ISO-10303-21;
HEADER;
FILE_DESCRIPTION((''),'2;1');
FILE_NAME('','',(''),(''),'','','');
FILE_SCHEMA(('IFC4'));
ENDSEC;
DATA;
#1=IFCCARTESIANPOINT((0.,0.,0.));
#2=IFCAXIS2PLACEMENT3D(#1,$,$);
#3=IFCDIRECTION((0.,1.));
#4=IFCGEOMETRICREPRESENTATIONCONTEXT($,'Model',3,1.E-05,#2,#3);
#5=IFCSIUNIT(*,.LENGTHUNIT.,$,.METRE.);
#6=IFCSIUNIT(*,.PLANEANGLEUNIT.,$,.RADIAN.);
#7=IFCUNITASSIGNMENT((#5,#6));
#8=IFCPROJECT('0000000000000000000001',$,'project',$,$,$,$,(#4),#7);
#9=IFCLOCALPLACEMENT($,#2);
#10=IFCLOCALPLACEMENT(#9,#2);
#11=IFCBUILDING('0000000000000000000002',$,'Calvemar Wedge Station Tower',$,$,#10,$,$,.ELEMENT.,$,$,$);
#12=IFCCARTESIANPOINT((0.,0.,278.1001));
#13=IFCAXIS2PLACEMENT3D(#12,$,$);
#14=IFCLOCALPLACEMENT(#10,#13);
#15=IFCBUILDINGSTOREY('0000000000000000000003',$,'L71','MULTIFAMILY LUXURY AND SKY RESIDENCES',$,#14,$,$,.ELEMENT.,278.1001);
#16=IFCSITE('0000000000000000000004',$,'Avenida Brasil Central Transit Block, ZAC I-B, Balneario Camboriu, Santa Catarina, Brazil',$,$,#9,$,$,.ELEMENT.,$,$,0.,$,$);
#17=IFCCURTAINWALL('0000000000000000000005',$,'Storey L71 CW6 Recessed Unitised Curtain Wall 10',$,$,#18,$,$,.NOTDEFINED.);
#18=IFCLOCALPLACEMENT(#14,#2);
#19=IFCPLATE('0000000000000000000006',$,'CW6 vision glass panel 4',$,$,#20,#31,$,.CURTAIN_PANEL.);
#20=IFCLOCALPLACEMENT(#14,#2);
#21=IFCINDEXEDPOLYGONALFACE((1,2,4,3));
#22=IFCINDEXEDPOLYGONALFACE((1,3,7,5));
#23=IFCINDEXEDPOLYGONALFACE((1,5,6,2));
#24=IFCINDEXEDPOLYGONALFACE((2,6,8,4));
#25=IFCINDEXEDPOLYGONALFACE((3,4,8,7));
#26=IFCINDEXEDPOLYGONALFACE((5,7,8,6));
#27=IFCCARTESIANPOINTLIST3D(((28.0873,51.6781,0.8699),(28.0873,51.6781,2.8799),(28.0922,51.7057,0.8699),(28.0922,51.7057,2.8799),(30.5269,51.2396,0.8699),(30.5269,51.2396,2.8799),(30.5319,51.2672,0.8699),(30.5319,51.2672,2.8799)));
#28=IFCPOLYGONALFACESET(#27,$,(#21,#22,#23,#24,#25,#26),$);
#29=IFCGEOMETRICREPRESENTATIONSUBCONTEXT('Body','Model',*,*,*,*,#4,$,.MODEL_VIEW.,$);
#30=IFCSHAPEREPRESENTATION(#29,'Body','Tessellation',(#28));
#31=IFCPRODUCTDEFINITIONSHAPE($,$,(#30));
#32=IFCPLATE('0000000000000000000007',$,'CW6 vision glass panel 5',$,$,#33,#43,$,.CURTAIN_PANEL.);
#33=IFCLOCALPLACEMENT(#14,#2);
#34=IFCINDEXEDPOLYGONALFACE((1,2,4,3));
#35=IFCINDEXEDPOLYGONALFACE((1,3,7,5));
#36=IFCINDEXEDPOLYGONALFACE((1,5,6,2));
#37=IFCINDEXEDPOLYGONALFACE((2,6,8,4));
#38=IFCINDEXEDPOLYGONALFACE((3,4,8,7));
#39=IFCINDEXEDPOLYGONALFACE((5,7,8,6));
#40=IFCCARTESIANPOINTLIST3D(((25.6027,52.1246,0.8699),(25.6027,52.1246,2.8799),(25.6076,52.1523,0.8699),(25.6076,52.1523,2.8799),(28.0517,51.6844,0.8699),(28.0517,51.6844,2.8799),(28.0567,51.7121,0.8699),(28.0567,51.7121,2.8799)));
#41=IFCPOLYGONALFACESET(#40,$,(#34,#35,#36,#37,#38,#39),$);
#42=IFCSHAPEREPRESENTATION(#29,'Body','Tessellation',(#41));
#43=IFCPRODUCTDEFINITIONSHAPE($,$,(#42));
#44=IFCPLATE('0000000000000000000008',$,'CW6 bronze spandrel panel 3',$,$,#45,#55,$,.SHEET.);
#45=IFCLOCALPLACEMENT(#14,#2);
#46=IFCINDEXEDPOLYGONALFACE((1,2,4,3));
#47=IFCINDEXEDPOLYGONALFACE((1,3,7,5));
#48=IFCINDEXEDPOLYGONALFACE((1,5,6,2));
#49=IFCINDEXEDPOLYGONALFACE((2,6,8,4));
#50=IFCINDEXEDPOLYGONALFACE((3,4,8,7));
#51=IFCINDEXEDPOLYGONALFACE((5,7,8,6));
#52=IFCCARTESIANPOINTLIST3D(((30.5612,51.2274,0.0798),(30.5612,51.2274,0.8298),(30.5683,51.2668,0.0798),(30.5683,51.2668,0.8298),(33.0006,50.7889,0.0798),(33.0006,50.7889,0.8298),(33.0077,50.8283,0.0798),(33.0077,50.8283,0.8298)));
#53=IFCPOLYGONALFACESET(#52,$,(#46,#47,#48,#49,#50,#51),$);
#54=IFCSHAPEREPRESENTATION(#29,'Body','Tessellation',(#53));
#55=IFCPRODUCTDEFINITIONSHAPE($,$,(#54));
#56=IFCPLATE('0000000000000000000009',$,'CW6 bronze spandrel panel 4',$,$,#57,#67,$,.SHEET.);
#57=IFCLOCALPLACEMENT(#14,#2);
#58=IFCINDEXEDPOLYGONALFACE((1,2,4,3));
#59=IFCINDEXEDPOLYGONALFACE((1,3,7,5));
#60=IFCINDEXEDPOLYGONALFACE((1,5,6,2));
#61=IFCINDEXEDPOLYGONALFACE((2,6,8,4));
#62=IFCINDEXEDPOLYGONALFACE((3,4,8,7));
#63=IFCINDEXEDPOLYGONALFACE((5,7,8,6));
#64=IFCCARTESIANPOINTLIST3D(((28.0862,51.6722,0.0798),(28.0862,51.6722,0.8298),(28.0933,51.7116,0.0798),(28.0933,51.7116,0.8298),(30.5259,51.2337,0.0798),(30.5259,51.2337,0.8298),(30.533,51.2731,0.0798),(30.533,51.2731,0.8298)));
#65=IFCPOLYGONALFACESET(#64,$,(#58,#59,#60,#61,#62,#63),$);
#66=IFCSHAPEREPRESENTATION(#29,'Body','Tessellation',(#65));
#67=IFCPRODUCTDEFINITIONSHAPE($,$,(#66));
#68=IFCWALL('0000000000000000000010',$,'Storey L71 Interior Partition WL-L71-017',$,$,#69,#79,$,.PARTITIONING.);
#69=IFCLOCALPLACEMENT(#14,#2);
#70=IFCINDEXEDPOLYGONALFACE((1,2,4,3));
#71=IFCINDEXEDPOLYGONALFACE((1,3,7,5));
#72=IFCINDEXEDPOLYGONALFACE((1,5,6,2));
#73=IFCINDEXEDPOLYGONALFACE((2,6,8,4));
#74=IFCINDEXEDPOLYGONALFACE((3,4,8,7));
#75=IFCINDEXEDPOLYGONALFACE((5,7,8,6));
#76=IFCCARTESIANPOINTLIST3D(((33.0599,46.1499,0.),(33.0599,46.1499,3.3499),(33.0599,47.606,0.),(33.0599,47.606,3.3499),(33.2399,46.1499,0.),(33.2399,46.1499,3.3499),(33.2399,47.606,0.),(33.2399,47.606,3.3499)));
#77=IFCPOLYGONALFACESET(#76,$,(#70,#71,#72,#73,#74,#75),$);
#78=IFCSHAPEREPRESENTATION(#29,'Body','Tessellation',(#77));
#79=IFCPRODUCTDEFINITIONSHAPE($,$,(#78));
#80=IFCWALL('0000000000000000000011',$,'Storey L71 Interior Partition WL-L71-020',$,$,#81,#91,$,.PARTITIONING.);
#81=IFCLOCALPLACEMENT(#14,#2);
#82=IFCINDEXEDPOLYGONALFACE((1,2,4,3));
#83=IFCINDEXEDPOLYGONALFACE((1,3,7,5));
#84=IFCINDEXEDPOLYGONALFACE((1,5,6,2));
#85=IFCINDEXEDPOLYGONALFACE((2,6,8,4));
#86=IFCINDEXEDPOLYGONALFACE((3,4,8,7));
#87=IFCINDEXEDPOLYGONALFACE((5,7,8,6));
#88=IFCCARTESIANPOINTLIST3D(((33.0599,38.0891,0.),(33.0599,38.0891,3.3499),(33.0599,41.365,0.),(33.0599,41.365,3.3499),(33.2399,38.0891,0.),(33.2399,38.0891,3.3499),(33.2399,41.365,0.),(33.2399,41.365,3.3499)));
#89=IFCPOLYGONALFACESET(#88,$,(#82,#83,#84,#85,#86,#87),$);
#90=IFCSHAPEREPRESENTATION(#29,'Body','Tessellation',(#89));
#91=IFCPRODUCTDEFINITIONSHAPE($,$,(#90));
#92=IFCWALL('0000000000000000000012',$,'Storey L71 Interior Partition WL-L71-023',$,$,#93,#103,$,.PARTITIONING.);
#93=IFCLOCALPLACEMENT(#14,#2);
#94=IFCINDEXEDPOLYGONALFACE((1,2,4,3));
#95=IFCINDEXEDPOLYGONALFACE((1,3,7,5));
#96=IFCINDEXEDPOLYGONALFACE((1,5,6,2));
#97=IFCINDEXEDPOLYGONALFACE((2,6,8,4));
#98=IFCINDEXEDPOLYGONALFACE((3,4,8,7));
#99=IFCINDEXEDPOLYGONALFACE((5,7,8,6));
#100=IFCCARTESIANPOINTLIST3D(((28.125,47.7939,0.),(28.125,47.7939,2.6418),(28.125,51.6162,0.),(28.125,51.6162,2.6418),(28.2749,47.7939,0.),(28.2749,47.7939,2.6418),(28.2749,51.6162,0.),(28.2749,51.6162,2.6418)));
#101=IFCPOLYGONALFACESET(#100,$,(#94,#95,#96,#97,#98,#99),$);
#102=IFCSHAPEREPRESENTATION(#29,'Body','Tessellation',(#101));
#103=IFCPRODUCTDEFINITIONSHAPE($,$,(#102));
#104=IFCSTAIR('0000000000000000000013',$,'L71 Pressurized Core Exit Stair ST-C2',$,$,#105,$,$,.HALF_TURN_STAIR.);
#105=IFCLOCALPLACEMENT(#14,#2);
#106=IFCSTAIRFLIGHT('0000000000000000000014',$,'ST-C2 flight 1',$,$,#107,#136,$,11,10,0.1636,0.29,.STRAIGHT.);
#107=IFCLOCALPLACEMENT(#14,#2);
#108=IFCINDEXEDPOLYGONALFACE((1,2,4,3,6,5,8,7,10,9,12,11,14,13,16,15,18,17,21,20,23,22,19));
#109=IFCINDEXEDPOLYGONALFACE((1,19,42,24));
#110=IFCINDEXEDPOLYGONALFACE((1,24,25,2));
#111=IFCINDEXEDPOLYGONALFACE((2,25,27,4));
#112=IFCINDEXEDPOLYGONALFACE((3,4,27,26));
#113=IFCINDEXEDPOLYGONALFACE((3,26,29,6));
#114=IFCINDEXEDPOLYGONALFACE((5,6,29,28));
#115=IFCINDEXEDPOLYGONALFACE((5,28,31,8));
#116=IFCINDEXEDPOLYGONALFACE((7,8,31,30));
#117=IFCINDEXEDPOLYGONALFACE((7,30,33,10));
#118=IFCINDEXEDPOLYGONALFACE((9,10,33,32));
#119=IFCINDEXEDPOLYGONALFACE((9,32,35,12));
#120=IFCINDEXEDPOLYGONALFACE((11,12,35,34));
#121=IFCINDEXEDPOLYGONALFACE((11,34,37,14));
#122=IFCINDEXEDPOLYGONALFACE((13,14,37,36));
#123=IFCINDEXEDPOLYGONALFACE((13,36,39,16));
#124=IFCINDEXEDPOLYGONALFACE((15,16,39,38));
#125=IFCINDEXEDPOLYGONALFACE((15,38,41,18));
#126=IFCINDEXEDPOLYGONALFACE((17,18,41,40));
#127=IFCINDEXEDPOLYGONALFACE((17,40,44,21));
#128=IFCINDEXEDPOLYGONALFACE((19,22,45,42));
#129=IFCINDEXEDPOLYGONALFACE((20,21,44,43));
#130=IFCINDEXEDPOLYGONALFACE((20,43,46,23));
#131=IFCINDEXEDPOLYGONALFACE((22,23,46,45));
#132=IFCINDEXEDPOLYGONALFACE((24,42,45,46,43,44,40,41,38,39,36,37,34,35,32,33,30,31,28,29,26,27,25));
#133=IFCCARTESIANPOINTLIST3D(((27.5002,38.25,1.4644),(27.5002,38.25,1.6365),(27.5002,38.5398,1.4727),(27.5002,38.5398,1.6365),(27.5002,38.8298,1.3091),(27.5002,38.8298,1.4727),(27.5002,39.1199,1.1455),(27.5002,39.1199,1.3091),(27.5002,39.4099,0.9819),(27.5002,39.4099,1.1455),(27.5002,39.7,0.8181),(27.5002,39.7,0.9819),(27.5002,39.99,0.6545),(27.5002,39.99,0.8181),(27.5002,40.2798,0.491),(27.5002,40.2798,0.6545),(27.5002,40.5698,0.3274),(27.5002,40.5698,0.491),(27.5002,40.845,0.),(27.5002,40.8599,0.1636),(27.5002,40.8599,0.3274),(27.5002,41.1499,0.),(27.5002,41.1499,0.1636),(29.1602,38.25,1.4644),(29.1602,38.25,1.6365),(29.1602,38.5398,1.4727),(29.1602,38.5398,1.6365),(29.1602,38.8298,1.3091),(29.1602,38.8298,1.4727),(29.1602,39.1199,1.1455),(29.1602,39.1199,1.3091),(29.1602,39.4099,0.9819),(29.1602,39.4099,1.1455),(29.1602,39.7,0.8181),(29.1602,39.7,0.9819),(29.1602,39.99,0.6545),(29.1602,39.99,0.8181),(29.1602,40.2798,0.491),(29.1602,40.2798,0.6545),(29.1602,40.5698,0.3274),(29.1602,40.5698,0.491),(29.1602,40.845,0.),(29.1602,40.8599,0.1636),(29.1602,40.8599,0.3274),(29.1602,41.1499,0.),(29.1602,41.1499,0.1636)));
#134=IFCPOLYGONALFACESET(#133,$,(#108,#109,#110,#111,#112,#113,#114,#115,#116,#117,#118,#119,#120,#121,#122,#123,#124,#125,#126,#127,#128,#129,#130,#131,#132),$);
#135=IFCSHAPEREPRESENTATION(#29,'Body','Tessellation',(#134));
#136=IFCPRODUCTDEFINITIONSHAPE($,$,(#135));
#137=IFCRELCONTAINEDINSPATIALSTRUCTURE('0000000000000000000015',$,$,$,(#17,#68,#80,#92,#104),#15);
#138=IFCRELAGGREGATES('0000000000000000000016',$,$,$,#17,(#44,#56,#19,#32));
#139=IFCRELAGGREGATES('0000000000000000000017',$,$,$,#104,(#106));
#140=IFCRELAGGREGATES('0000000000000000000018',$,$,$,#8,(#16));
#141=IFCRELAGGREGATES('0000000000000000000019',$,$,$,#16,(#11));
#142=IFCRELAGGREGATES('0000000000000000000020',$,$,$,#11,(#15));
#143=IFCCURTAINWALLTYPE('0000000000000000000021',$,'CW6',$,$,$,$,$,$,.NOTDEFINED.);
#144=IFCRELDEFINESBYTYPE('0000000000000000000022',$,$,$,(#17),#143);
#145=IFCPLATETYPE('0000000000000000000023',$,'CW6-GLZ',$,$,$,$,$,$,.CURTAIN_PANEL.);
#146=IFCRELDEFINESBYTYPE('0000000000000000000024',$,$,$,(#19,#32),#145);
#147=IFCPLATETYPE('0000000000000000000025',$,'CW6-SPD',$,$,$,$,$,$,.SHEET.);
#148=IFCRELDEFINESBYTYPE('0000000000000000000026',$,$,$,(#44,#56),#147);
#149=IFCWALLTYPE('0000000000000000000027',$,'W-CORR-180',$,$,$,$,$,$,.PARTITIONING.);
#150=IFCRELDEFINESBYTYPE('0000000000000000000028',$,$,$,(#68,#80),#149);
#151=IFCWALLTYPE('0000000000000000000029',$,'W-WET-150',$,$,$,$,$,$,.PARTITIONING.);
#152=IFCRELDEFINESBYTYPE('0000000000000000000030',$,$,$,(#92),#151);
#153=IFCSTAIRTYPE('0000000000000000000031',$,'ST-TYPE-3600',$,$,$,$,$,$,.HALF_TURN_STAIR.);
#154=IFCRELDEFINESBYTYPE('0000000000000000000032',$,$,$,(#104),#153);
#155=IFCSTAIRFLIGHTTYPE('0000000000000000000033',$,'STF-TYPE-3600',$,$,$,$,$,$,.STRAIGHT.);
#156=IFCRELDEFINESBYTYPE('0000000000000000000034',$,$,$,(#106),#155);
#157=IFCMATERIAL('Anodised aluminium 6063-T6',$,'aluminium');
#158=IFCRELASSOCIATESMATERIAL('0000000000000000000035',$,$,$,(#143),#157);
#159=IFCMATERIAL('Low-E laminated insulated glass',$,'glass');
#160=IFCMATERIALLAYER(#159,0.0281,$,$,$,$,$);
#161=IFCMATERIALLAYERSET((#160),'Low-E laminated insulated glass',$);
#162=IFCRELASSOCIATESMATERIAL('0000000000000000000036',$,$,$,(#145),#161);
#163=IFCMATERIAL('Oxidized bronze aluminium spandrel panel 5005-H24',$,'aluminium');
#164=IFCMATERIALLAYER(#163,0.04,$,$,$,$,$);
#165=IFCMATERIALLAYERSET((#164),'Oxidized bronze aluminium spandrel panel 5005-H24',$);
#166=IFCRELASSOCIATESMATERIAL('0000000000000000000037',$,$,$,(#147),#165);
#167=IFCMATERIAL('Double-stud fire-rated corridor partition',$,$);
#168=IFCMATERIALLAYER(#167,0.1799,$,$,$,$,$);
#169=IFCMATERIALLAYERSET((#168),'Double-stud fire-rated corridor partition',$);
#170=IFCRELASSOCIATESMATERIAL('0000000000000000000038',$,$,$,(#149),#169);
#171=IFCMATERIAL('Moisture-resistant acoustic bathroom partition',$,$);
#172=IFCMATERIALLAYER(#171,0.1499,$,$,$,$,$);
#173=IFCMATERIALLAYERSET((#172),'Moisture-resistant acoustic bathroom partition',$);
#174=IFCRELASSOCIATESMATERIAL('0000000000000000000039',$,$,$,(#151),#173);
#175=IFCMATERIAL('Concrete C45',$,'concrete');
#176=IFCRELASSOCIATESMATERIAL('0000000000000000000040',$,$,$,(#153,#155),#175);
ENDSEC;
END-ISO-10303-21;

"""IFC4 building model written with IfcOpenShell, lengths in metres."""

from ifc_helpers import new_model, si_unit, direction, frame, frame_2d, origin, place, context, subcontext, project, spatial, polyline, rectangle, outline, extrude, material, layer, layer_set, type_object, element, aggregate, save


model = new_model("IFC4")

# Units and contexts
model_context = context("Model", 3, precision=1e-05, world=origin(), true_north=direction((0.0, 1.0)))
body_context = subcontext(model_context, "Body", "Model", "MODEL_VIEW")
ifc_project = project(units=[si_unit("LENGTHUNIT", "METRE"), si_unit("PLANEANGLEUNIT", "RADIAN")], contexts=[model_context])

# Site, building, storey
site_placement = place(None, origin())
site = spatial("IfcSite", under=ifc_project, at=site_placement, Name="Avenida Brasil Central Transit Block, ZAC I-B, Balneario Camboriu, Santa Catarina, Brazil", CompositionType="ELEMENT", RefElevation=0.0)
building_placement = place(site_placement, origin())
building = spatial("IfcBuilding", under=site, at=building_placement, Name="Calvemar Wedge Station Tower", CompositionType="ELEMENT")
storey_placement = place(building_placement, frame((0.0, 0.0, 278.1001)))
storey = spatial("IfcBuildingStorey", under=building, at=storey_placement, Name="L71", Description="MULTIFAMILY LUXURY AND SKY RESIDENCES", CompositionType="ELEMENT", Elevation=278.1001)

# Curtain wall, plates
ifc_material_1 = material(Name="Anodised aluminium 6063-T6", Category="aluminium")
curtain_wall_type = type_object("IfcCurtainWallType", Name="CW6", PredefinedType="NOTDEFINED", material=ifc_material_1)
curtain_wall_placement = place(storey_placement, origin())
curtain_wall = element("IfcCurtainWall", 1, at=curtain_wall_placement, inside=storey, type_object=curtain_wall_type, Name="Storey L71 CW6 Recessed Unitised Curtain Wall 10", PredefinedType="NOTDEFINED")
ifc_material_2 = material(Name="Low-E laminated insulated glass", Category="glass")
ifc_layer_1 = layer(ifc_material_2, 0.0281)
ifc_layer_set_1 = layer_set([ifc_layer_1], Name="Low-E laminated insulated glass")
plate_type_1 = type_object("IfcPlateType", Name="CW6-GLZ", PredefinedType="CURTAIN_PANEL", material=ifc_layer_set_1)
plate_1_placement = place(storey_placement, frame((30.5293, 51.2534, 0.8699), z_axis=(0.0, 0.0, 1.0), x_axis=(-0.98423, 0.176892, 0.0)))
plate_1 = element("IfcPlate", 2, at=plate_1_placement, type_object=plate_type_1, Name="CW6 vision glass panel 4", PredefinedType="CURTAIN_PANEL", context=body_context, shape_type="SweptSolid", body=[
    extrude(rectangle(XDim=2.4788, YDim=0.0281, at=frame_2d((1.2393, 0.0))), origin(), (0.0, 0.0, 1.0), 2.01),
])
plate_2_placement = place(storey_placement, frame((28.0542, 51.6982, 0.8699), z_axis=(0.0, 0.0, 1.0), x_axis=(-0.984227, 0.176908, 0.0)))
plate_2 = element("IfcPlate", 3, at=plate_2_placement, type_object=plate_type_1, Name="CW6 vision glass panel 5", PredefinedType="CURTAIN_PANEL", context=body_context, shape_type="SweptSolid", body=[
    extrude(rectangle(XDim=2.4883, YDim=0.0281, at=frame_2d((1.2441, 0.0))), origin(), (0.0, 0.0, 1.0), 2.01),
])
ifc_material_3 = material(Name="Oxidized bronze aluminium spandrel panel 5005-H24", Category="aluminium")
ifc_layer_2 = layer(ifc_material_3, 0.04)
ifc_layer_set_2 = layer_set([ifc_layer_2], Name="Oxidized bronze aluminium spandrel panel 5005-H24")
plate_type_2 = type_object("IfcPlateType", Name="CW6-SPD", PredefinedType="SHEET", material=ifc_layer_set_2)
plate_3_placement = place(storey_placement, frame((33.0042, 50.8086, 0.0798), z_axis=(0.0, 0.0, 1.0), x_axis=(-0.984227, 0.176909, 0.0)))
plate_3 = element("IfcPlate", 4, at=plate_3_placement, type_object=plate_type_2, Name="CW6 bronze spandrel panel 3", PredefinedType="SHEET", context=body_context, shape_type="SweptSolid", body=[
    extrude(rectangle(XDim=2.4785, YDim=0.04, at=frame_2d((1.2393, 0.0))), origin(), (0.0, 0.0, 1.0), 0.75),
])
plate_4_placement = place(storey_placement, frame((30.5293, 51.2534, 0.0798), z_axis=(0.0, 0.0, 1.0), x_axis=(-0.98423, 0.176892, 0.0)))
plate_4 = element("IfcPlate", 5, at=plate_4_placement, type_object=plate_type_2, Name="CW6 bronze spandrel panel 4", PredefinedType="SHEET", context=body_context, shape_type="SweptSolid", body=[
    extrude(rectangle(XDim=2.4788, YDim=0.04, at=frame_2d((1.2393, 0.0))), origin(), (0.0, 0.0, 1.0), 0.75),
])
aggregate(curtain_wall, [plate_3, plate_4, plate_1, plate_2])

# Shared definitions
ifc_material_4 = material(Name="Double-stud fire-rated corridor partition")
ifc_layer_3 = layer(ifc_material_4, 0.1799)
ifc_layer_set_3 = layer_set([ifc_layer_3], Name="Double-stud fire-rated corridor partition")
wall_type_1 = type_object("IfcWallType", Name="W-CORR-180", PredefinedType="PARTITIONING", material=ifc_layer_set_3)

# Wall
wall_1_placement = place(storey_placement, frame((33.1499, 47.606, 0.0), z_axis=(0.0, 0.0, 1.0), x_axis=(0.0, -1.0, 0.0)))
element("IfcWall", 6, at=wall_1_placement, inside=storey, type_object=wall_type_1, Name="Storey L71 Interior Partition WL-L71-017", PredefinedType="PARTITIONING", context=body_context, shape_type="SweptSolid", body=[
    extrude(rectangle(XDim=1.4561, YDim=0.1799, at=frame_2d((0.728, 0.0))), origin(), (0.0, 0.0, 1.0), 3.3499),
])

# Walls
wall_2_placement = place(storey_placement, frame((33.1499, 41.365, 0.0), z_axis=(0.0, 0.0, 1.0), x_axis=(0.0, -1.0, 0.0)))
element("IfcWall", 7, at=wall_2_placement, inside=storey, type_object=wall_type_1, Name="Storey L71 Interior Partition WL-L71-020", PredefinedType="PARTITIONING", context=body_context, shape_type="SweptSolid", body=[
    extrude(rectangle(XDim=3.2759, YDim=0.1799, at=frame_2d((1.6379, 0.0))), origin(), (0.0, 0.0, 1.0), 3.3499),
])
ifc_material_5 = material(Name="Moisture-resistant acoustic bathroom partition")
ifc_layer_4 = layer(ifc_material_5, 0.1499)
ifc_layer_set_4 = layer_set([ifc_layer_4], Name="Moisture-resistant acoustic bathroom partition")
wall_type_2 = type_object("IfcWallType", Name="W-WET-150", PredefinedType="PARTITIONING", material=ifc_layer_set_4)
wall_3_placement = place(storey_placement, frame((28.2, 51.6162, 0.0), z_axis=(0.0, 0.0, 1.0), x_axis=(0.0, -1.0, 0.0)))
element("IfcWall", 8, at=wall_3_placement, inside=storey, type_object=wall_type_2, Name="Storey L71 Interior Partition WL-L71-023", PredefinedType="PARTITIONING", context=body_context, shape_type="SweptSolid", body=[
    extrude(rectangle(XDim=3.8223, YDim=0.1499, at=frame_2d((1.9111, 0.0))), origin(), (0.0, 0.0, 1.0), 2.6418),
])

# Stair, stair flight
ifc_material_6 = material(Name="Concrete C45", Category="concrete")
stair_type = type_object("IfcStairType", Name="ST-TYPE-3600", PredefinedType="HALF_TURN_STAIR", material=ifc_material_6)
stair_placement = place(storey_placement, origin())
stair = element("IfcStair", 9, at=stair_placement, inside=storey, type_object=stair_type, Name="L71 Pressurized Core Exit Stair ST-C2", PredefinedType="HALF_TURN_STAIR")
stair_flight_type = type_object("IfcStairFlightType", Name="STF-TYPE-3600", PredefinedType="STRAIGHT", material=ifc_material_6)
stair_flight_placement = place(storey_placement, frame((28.3301, 41.1499, 0.0), z_axis=(0.0, 0.0, 1.0), x_axis=(0.0, -1.0, 0.0)))
stair_flight = element("IfcStairFlight", 10, at=stair_flight_placement, type_object=stair_flight_type, Name="ST-C2 flight 1", NumberOfRisers=11, NumberOfTreads=10, PredefinedType="STRAIGHT", RiserHeight=0.1636, TreadLength=0.29, context=body_context, shape_type="SweptSolid", body=[
    extrude(outline(polyline([(0.0, 0.0), (0.0, 0.1636), (0.29, 0.1636), (0.29, 0.3274), (0.5801, 0.3274), (0.5801, 0.491), (0.8701, 0.491), (0.8701, 0.6545), (1.1599, 0.6545), (1.1599, 0.8181), (1.45, 0.8181), (1.45, 0.9819), (1.74, 0.9819), (1.74, 1.1455), (2.03, 1.1455), (2.03, 1.3091), (2.3201, 1.3091), (2.3201, 1.4727), (2.6101, 1.4727), (2.6101, 1.6365), (2.8999, 1.6365), (2.8999, 1.8), (2.8999, 1.4644), (0.3049, 0.0), (0.0, 0.0)])), frame((0.0, 0.8301, 0.0), z_axis=(0.0, -1.0, 0.0), x_axis=(1.0, 0.0, 0.0)), (0.0, 0.0, 1.0), 1.6599),
])
aggregate(stair, [stair_flight])

save(model, "model.ifc")
